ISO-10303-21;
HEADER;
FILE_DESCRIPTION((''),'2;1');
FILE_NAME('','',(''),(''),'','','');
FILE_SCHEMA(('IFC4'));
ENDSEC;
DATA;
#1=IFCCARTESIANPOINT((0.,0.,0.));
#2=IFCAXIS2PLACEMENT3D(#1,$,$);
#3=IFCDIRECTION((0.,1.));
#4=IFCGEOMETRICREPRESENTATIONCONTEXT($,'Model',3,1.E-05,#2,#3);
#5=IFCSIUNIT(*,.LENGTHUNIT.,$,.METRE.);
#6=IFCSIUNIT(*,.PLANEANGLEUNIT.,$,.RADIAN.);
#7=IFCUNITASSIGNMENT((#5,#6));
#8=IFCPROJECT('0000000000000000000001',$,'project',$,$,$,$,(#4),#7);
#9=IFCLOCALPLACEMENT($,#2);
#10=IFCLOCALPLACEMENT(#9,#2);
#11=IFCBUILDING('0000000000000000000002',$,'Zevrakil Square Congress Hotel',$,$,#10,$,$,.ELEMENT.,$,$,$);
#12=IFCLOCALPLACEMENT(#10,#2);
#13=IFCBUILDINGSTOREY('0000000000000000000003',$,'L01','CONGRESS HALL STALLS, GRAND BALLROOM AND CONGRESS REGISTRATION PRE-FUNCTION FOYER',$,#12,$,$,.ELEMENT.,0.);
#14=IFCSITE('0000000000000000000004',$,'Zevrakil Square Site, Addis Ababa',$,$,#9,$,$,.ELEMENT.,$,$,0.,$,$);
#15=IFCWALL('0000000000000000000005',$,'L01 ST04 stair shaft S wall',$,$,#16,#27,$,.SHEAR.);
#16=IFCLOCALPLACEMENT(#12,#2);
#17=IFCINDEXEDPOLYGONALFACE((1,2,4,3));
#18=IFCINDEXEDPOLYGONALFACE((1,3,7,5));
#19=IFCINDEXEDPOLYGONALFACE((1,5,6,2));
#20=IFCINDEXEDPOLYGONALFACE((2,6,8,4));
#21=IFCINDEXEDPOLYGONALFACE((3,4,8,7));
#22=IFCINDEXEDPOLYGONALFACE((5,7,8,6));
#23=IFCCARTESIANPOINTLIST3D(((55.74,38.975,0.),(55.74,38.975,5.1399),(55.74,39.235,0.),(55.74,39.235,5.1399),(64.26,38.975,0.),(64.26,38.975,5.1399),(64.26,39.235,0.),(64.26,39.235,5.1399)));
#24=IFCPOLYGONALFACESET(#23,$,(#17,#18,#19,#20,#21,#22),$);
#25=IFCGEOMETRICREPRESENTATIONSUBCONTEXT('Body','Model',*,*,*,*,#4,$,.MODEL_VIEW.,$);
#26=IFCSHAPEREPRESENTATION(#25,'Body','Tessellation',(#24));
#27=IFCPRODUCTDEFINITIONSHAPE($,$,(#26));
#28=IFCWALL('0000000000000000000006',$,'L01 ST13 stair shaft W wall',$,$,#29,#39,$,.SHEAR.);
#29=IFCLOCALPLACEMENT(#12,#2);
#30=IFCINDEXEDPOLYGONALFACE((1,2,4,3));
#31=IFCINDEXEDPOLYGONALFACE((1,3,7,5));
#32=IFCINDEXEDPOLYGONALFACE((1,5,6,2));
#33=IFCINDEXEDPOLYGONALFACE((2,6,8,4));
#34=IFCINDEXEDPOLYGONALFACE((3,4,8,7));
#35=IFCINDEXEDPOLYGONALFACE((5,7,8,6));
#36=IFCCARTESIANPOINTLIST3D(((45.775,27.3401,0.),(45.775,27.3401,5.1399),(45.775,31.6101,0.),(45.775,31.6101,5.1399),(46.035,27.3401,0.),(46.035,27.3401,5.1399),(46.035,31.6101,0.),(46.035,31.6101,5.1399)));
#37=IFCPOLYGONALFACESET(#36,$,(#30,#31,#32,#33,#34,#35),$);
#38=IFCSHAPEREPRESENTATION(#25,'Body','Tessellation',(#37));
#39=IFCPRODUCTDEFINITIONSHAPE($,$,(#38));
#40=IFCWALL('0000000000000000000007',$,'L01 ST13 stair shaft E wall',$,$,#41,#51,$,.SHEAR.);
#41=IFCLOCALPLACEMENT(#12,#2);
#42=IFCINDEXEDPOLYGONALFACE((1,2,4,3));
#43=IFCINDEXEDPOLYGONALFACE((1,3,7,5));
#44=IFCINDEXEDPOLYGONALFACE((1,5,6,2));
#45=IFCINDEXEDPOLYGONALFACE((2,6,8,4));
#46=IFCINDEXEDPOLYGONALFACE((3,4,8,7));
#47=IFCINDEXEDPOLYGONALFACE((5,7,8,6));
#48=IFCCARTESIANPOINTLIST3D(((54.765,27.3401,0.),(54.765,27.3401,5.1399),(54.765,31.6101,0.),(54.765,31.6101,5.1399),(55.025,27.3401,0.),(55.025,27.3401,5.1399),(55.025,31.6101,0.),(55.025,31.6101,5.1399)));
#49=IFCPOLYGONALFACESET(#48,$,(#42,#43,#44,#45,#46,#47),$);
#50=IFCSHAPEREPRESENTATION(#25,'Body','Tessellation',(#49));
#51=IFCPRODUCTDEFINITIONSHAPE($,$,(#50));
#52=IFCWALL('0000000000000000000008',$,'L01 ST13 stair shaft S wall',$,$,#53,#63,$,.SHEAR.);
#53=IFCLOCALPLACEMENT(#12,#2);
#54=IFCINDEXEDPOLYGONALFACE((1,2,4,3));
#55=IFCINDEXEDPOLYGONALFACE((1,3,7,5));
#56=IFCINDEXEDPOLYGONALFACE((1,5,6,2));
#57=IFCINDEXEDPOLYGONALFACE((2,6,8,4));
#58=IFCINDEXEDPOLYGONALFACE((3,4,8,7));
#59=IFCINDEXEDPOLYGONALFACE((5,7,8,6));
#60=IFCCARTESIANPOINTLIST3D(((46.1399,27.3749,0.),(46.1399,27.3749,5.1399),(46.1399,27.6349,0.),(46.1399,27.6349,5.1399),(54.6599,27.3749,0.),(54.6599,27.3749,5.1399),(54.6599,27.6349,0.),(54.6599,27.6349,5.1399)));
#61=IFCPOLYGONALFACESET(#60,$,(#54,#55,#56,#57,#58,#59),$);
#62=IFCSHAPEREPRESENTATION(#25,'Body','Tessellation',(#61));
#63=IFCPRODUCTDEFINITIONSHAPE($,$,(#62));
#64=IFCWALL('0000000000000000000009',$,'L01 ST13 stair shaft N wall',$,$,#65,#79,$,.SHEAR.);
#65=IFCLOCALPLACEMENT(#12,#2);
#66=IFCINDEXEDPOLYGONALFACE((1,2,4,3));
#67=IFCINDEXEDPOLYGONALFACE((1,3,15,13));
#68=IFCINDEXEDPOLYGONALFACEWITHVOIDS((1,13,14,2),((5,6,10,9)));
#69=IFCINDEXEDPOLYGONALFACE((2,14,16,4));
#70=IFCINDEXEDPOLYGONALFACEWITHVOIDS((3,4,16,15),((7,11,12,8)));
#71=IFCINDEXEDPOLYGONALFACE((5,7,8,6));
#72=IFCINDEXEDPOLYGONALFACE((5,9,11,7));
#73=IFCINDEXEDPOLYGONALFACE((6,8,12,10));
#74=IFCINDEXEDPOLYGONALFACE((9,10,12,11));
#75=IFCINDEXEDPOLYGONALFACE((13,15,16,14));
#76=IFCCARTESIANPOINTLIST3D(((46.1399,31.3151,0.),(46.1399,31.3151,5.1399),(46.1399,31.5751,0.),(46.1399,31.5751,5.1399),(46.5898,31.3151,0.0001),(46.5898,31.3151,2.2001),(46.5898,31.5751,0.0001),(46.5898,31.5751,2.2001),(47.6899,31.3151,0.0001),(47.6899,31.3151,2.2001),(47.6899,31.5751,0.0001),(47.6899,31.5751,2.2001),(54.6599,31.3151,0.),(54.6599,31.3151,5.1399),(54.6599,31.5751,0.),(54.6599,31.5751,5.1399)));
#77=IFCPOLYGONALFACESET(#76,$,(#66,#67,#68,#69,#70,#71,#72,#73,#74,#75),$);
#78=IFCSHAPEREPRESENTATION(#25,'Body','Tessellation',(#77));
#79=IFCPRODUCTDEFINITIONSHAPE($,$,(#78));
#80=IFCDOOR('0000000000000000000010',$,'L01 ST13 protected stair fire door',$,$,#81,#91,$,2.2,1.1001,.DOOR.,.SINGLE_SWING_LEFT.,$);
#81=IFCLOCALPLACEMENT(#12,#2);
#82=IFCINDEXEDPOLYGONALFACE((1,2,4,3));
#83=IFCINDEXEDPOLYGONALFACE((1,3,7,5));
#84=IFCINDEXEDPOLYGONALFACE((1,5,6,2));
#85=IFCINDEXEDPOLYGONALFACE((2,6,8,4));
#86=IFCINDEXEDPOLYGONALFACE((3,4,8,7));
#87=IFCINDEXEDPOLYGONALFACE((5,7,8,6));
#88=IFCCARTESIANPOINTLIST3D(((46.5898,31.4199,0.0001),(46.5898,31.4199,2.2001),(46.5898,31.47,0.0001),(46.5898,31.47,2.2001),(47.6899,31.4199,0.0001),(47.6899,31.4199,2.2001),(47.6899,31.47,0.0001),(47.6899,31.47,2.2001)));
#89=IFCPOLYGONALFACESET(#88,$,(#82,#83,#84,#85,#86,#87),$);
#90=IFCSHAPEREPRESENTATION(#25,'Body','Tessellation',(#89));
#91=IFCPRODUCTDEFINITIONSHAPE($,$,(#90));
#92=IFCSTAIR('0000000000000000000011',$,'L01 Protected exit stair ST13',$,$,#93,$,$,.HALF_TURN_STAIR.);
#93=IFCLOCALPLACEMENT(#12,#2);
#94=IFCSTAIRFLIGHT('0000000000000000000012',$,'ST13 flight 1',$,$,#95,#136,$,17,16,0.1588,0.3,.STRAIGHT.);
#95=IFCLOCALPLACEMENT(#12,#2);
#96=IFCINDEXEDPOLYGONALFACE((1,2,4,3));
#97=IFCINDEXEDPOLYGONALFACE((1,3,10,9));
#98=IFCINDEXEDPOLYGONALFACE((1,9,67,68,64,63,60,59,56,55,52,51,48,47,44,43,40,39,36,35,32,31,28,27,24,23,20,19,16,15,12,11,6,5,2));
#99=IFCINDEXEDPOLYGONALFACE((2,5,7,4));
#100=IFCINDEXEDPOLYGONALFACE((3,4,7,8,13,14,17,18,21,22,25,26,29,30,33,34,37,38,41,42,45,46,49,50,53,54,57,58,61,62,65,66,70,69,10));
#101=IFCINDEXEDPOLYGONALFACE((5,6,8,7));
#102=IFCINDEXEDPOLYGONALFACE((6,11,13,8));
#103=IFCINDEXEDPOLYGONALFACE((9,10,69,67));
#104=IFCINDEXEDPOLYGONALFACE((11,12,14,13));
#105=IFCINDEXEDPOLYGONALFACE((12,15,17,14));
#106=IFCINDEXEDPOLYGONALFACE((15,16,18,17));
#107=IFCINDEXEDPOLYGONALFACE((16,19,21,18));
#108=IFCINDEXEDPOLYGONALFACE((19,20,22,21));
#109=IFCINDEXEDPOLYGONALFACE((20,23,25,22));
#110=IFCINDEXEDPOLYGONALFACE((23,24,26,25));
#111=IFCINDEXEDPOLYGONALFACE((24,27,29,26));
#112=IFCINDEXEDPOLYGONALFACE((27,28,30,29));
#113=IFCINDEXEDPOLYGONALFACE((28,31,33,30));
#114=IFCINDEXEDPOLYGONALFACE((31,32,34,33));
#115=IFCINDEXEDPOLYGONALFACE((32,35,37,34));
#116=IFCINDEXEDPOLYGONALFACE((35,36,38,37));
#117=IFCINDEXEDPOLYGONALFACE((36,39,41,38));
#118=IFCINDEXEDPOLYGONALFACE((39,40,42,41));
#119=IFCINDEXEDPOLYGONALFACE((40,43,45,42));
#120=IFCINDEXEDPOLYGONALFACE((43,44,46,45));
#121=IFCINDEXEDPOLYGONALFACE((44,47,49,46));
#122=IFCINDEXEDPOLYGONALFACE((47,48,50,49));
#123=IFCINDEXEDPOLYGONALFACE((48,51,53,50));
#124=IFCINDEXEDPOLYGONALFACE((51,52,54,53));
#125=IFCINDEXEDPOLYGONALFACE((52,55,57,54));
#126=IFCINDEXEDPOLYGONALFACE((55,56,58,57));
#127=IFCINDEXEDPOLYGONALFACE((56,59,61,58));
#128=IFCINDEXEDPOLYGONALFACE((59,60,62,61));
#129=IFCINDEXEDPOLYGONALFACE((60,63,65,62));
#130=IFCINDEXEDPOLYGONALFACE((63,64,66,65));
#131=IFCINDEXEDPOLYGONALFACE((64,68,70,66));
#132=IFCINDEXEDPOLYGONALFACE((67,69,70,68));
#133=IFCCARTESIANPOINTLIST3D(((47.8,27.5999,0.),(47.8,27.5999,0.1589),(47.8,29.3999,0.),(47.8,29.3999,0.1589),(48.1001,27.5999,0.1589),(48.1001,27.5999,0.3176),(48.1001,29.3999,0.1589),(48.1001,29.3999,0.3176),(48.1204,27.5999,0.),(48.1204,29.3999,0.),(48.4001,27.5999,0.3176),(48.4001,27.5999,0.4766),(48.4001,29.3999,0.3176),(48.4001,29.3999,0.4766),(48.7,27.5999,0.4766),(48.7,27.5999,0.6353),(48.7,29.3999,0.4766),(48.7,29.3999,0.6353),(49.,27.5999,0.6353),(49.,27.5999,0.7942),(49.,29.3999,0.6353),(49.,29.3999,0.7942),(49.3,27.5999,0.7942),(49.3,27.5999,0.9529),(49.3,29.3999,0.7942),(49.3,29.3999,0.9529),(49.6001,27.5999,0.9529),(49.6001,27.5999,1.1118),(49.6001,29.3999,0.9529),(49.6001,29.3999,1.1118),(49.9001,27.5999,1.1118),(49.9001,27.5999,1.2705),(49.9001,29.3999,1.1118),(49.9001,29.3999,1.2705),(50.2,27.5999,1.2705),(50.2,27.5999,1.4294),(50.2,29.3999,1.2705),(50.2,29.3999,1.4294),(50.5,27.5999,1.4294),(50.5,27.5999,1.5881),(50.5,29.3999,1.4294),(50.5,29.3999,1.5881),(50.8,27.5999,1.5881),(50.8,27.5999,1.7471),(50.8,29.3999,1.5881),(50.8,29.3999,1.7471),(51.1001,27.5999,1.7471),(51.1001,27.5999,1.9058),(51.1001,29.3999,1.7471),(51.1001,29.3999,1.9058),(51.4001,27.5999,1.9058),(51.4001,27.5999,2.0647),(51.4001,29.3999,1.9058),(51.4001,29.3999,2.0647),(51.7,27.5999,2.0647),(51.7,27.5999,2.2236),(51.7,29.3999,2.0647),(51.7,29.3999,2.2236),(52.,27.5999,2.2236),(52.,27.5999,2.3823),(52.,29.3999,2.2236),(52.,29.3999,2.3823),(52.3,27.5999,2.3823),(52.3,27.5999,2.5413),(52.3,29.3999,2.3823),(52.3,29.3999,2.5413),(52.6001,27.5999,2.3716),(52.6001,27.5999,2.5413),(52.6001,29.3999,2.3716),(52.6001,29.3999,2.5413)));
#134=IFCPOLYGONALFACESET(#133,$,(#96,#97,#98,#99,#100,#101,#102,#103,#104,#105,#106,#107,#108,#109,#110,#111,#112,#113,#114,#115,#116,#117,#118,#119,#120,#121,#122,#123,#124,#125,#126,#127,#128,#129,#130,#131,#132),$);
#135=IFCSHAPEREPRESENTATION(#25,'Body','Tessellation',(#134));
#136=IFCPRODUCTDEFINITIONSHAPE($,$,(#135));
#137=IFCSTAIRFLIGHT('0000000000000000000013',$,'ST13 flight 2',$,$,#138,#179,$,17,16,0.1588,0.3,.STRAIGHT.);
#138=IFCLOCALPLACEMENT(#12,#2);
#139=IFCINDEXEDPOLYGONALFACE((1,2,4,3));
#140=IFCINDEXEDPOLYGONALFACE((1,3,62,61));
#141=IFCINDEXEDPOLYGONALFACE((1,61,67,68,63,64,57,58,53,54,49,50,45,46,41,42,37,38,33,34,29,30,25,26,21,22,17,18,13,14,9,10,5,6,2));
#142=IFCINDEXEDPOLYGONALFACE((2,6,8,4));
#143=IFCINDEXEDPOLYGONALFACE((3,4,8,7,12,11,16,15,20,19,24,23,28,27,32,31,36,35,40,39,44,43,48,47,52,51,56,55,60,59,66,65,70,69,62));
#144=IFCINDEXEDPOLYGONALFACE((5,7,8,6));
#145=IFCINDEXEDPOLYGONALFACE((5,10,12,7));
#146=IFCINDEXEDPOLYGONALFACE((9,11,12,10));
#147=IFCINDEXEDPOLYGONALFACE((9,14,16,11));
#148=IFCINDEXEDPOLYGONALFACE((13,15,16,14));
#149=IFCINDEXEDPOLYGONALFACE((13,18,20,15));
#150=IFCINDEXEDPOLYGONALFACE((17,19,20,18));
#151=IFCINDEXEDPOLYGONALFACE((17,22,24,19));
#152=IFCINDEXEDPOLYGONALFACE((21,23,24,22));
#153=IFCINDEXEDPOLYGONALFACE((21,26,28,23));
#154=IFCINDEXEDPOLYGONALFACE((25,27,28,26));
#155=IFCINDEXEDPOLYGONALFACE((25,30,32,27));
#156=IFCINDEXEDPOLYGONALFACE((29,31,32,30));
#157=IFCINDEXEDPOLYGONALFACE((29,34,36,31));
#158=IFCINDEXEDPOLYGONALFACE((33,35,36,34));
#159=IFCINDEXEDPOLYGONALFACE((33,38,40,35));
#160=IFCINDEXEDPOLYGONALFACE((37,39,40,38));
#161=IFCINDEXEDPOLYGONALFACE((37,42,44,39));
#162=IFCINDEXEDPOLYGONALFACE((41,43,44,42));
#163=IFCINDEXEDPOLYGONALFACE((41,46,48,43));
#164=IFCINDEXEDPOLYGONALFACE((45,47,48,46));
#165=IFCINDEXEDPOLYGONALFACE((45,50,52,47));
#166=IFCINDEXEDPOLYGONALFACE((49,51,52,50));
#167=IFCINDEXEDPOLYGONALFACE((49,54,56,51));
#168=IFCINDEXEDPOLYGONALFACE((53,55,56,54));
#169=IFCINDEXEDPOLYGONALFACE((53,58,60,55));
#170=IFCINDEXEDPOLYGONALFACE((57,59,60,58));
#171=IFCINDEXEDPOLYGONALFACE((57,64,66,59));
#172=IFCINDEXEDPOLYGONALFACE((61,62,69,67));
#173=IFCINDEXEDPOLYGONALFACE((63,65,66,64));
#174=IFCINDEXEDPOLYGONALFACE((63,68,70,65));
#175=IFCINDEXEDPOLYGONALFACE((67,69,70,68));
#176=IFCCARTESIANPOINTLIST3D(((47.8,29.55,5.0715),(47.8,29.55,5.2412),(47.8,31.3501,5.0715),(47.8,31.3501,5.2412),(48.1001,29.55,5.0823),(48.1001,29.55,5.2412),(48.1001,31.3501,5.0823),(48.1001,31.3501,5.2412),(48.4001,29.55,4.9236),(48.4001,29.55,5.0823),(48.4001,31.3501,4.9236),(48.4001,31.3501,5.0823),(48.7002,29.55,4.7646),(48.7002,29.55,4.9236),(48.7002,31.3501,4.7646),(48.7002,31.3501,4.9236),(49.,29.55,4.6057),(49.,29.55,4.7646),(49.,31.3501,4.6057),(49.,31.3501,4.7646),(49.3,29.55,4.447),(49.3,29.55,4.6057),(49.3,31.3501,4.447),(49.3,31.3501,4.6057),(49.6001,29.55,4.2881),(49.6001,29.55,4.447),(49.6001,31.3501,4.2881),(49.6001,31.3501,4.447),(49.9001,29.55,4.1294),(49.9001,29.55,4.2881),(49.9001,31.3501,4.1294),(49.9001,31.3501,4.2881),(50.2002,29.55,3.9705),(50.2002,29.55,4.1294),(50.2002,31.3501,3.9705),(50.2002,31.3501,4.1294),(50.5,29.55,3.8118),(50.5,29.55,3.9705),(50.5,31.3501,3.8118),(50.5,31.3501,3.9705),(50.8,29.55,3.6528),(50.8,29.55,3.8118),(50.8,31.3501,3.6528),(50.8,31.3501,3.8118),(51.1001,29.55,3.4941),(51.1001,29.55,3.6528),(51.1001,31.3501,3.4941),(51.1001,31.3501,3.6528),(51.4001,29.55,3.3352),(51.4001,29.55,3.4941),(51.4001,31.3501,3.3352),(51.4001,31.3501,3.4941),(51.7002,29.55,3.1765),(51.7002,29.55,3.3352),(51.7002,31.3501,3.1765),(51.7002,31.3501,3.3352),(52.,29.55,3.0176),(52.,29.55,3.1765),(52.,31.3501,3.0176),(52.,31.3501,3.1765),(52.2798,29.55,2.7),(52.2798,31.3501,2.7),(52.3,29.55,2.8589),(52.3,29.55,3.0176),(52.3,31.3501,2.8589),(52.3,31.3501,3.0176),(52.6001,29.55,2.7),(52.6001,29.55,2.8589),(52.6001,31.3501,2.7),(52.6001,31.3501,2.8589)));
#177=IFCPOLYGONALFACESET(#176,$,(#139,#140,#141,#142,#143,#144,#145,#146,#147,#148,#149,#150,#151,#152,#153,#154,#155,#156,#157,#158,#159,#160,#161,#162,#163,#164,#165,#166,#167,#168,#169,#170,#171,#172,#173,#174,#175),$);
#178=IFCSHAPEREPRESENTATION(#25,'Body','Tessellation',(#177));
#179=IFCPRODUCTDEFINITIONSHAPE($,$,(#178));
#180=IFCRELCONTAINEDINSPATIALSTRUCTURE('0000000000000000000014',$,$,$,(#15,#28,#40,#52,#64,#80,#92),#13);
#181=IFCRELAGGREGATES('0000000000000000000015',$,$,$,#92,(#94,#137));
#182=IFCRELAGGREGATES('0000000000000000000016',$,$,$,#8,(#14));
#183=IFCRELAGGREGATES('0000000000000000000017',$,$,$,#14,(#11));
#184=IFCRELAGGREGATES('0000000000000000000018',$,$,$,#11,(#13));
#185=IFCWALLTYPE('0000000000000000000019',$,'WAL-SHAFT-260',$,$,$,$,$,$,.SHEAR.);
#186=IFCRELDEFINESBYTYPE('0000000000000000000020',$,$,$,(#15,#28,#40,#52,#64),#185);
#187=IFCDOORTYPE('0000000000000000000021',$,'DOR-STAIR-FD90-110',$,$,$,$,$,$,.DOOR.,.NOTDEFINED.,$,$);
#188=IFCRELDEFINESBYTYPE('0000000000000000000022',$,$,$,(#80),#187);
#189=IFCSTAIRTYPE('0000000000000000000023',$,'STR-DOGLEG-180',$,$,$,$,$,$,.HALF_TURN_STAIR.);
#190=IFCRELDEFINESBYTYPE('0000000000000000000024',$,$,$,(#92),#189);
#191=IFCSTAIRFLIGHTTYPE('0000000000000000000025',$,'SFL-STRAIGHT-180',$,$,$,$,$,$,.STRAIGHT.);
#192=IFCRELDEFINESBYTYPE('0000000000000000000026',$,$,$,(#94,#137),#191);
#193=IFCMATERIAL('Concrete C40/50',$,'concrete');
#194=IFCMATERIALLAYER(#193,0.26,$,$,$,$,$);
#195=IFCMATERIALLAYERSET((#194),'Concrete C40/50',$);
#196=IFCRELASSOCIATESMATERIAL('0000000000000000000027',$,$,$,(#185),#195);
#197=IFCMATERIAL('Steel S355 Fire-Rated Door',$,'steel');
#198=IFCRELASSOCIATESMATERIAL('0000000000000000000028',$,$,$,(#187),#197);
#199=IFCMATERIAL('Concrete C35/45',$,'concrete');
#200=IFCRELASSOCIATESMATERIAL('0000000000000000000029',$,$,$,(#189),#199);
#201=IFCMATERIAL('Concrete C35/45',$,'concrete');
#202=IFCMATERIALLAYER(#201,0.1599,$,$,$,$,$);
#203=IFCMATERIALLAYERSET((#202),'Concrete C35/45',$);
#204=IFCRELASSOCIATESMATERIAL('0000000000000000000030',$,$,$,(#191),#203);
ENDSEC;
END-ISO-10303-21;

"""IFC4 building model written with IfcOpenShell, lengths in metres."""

from ifc_helpers import new_model, si_unit, direction, frame, frame_2d, origin, place, context, subcontext, project, spatial, polyline, rectangle, outline, extrude, material, layer, layer_set, type_object, element, fill, aggregate, save


model = new_model("IFC4")

# Units and contexts
model_context = context("Model", 3, precision=1e-05, world=origin(), true_north=direction((0.0, 1.0)))
body_context = subcontext(model_context, "Body", "Model", "MODEL_VIEW")
ifc_project = project(units=[si_unit("LENGTHUNIT", "METRE"), si_unit("PLANEANGLEUNIT", "RADIAN")], contexts=[model_context])

# Site, building, storey
site_placement = place(None, origin())
site = spatial("IfcSite", under=ifc_project, at=site_placement, Name="Zevrakil Square Site, Addis Ababa", CompositionType="ELEMENT", RefElevation=0.0)
building_placement = place(site_placement, origin())
building = spatial("IfcBuilding", under=site, at=building_placement, Name="Zevrakil Square Congress Hotel", CompositionType="ELEMENT")
storey_placement = place(building_placement, origin())
storey = spatial("IfcBuildingStorey", under=building, at=storey_placement, Name="L01", Description="CONGRESS HALL STALLS, GRAND BALLROOM AND CONGRESS REGISTRATION PRE-FUNCTION FOYER", CompositionType="ELEMENT", Elevation=0.0)

# Walls
ifc_material_1 = material(Name="Concrete C40/50", Category="concrete")
ifc_layer_1 = layer(ifc_material_1, 0.26)
ifc_layer_set_1 = layer_set([ifc_layer_1], Name="Concrete C40/50")
wall_type_1 = type_object("IfcWallType", Name="WAL-SHAFT-260", PredefinedType="SHEAR", material=ifc_layer_set_1)
wall_1_placement = place(storey_placement, frame((55.74, 39.105, 0.0), z_axis=(0.0, 0.0, 1.0), x_axis=(1.0, 0.0, 0.0)))
element("IfcWall", 1, at=wall_1_placement, inside=storey, type_object=wall_type_1, Name="L01 ST04 stair shaft S wall", PredefinedType="SHEAR", context=body_context, shape_type="SweptSolid", body=[
    extrude(rectangle(XDim=8.52, YDim=0.26, at=frame_2d((4.26, 0.0))), origin(), (0.0, 0.0, 1.0), 5.1399),
])
for number, where, z_axis, x_axis, name in (
    (2, (45.905, 27.3401, 0.0), (0.0, 0.0, 1.0), (0.0, 1.0, 0.0), "L01 ST13 stair shaft W wall"),
    (3, (54.895, 27.3401, 0.0), (0.0, 0.0, 1.0), (0.0, 1.0, 0.0), "L01 ST13 stair shaft E wall"),
):
    element("IfcWall", number, at=place(storey_placement, frame(where, z_axis=z_axis, x_axis=x_axis)), inside=storey, type_object=wall_type_1, Name=name, PredefinedType="SHEAR", context=body_context, shape_type="SweptSolid", body=[
        extrude(rectangle(XDim=4.27, YDim=0.26, at=frame_2d((2.135, 0.0))), origin(), (0.0, 0.0, 1.0), 5.1399),
    ])
wall_2_placement = place(storey_placement, frame((46.1399, 27.5049, 0.0), z_axis=(0.0, 0.0, 1.0), x_axis=(1.0, 0.0, 0.0)))
element("IfcWall", 4, at=wall_2_placement, inside=storey, type_object=wall_type_1, Name="L01 ST13 stair shaft S wall", PredefinedType="SHEAR", context=body_context, shape_type="SweptSolid", body=[
    extrude(rectangle(XDim=8.52, YDim=0.26, at=frame_2d((4.26, 0.0))), origin(), (0.0, 0.0, 1.0), 5.1399),
])

# Wall, opening, door
wall_3_placement = place(storey_placement, frame((46.1399, 31.4451, 0.0), z_axis=(0.0, 0.0, 1.0), x_axis=(1.0, 0.0, 0.0)))
wall_3 = element("IfcWall", 5, at=wall_3_placement, inside=storey, type_object=wall_type_1, Name="L01 ST13 stair shaft N wall", PredefinedType="SHEAR", context=body_context, shape_type="SweptSolid", body=[
    extrude(rectangle(XDim=8.52, YDim=0.26, at=frame_2d((4.26, 0.0))), origin(), (0.0, 0.0, 1.0), 5.1399),
])
opening_1_placement = place(wall_3_placement, frame((0.45, 0.0, 0.0)))
opening_1 = element("IfcOpeningElement", 6, at=opening_1_placement, cuts=wall_3, PredefinedType="OPENING", context=body_context, shape_type="SweptSolid", body=[
    extrude(rectangle(XDim=1.1001, YDim=2.2, at=frame_2d((0.55, 1.1001))), frame((0.0, 0.1401, 0.0), z_axis=(0.0, -1.0, 0.0), x_axis=(1.0, 0.0, 0.0)), (0.0, 0.0, 1.0), 0.28),
])
ifc_material_2 = material(Name="Steel S355 Fire-Rated Door", Category="steel")
door_type_1 = type_object("IfcDoorType", Name="DOR-STAIR-FD90-110", OperationType="NOTDEFINED", PredefinedType="DOOR", material=ifc_material_2)
door_1_placement = place(opening_1_placement, origin())
door_1 = element("IfcDoor", 7, at=door_1_placement, inside=storey, type_object=door_type_1, Name="L01 ST13 protected stair fire door", OperationType="SINGLE_SWING_LEFT", OverallHeight=2.2, OverallWidth=1.1001, PredefinedType="DOOR", context=body_context, shape_type="SweptSolid", body=[
    extrude(rectangle(XDim=1.1001, YDim=2.2, at=frame_2d((0.55, 1.1001))), frame((0.0, 0.0249, 0.0), z_axis=(0.0, -1.0, 0.0), x_axis=(1.0, 0.0, 0.0)), (0.0, 0.0, 1.0), 0.05),
])
fill(opening_1, door_1)

# Stair, stair flights
ifc_material_3 = material(Name="Concrete C35/45", Category="concrete")
stair_type = type_object("IfcStairType", Name="STR-DOGLEG-180", PredefinedType="HALF_TURN_STAIR", material=ifc_material_3)
stair_placement = place(storey_placement, origin())
stair = element("IfcStair", 8, at=stair_placement, inside=storey, type_object=stair_type, Name="L01 Protected exit stair ST13", PredefinedType="HALF_TURN_STAIR")
ifc_material_4 = material(Name="Concrete C35/45", Category="concrete")
ifc_layer_2 = layer(ifc_material_4, 0.1599)
ifc_layer_set_2 = layer_set([ifc_layer_2], Name="Concrete C35/45")
stair_flight_type = type_object("IfcStairFlightType", Name="SFL-STRAIGHT-180", PredefinedType="STRAIGHT", material=ifc_layer_set_2)
stair_flight_1_placement = place(storey_placement, frame((47.8, 28.5, 0.0), z_axis=(0.0, 0.0, 1.0), x_axis=(1.0, 0.0, 0.0)))
stair_flight_1 = element("IfcStairFlight", 9, at=stair_flight_1_placement, type_object=stair_flight_type, Name="ST13 flight 1", NumberOfRisers=17, NumberOfTreads=16, PredefinedType="STRAIGHT", RiserHeight=0.1588, TreadLength=0.3, context=body_context, shape_type="SweptSolid", body=[
    extrude(outline(polyline([(0.0, 0.0), (0.0, 0.1589), (0.3, 0.1589), (0.3, 0.3176), (0.6001, 0.3176), (0.6001, 0.4766), (0.8999, 0.4766), (0.8999, 0.6353), (1.2, 0.6353), (1.2, 0.7942), (1.5, 0.7942), (1.5, 0.9529), (1.8, 0.9529), (1.8, 1.1118), (2.1001, 1.1118), (2.1001, 1.2705), (2.3999, 1.2705), (2.3999, 1.4294), (2.7, 1.4294), (2.7, 1.5881), (3.0, 1.5881), (3.0, 1.7471), (3.3, 1.7471), (3.3, 1.9058), (3.6001, 1.9058), (3.6001, 2.0647), (3.8999, 2.0647), (3.8999, 2.2236), (4.2, 2.2236), (4.2, 2.3823), (4.5, 2.3823), (4.5, 2.5413), (4.8, 2.5413), (4.8, 2.7), (4.8, 2.3716), (0.3203, 0.0), (0.0, 0.0)])), frame((0.0, 0.8999, 0.0), z_axis=(0.0, -1.0, 0.0), x_axis=(1.0, 0.0, 0.0)), (0.0, 0.0, 1.0), 1.8),
])
stair_flight_2_placement = place(storey_placement, frame((52.6001, 30.45, 2.7), z_axis=(0.0, 0.0, 1.0), x_axis=(-1.0, 0.0, 0.0)))
stair_flight_2 = element("IfcStairFlight", 10, at=stair_flight_2_placement, type_object=stair_flight_type, Name="ST13 flight 2", NumberOfRisers=17, NumberOfTreads=16, PredefinedType="STRAIGHT", RiserHeight=0.1588, TreadLength=0.3, context=body_context, shape_type="SweptSolid", body=[
    extrude(outline(polyline([(0.0, 0.0), (0.0, 0.1589), (0.3, 0.1589), (0.3, 0.3176), (0.6001, 0.3176), (0.6001, 0.4766), (0.8999, 0.4766), (0.8999, 0.6353), (1.2, 0.6353), (1.2, 0.7942), (1.5, 0.7942), (1.5, 0.9529), (1.8, 0.9529), (1.8, 1.1118), (2.1001, 1.1118), (2.1001, 1.2705), (2.3999, 1.2705), (2.3999, 1.4294), (2.7, 1.4294), (2.7, 1.5881), (3.0, 1.5881), (3.0, 1.7471), (3.3, 1.7471), (3.3, 1.9058), (3.6001, 1.9058), (3.6001, 2.0647), (3.8999, 2.0647), (3.8999, 2.2236), (4.2, 2.2236), (4.2, 2.3823), (4.5, 2.3823), (4.5, 2.5413), (4.8, 2.5413), (4.8, 2.7), (4.8, 2.3716), (0.3203, 0.0), (0.0, 0.0)])), frame((0.0, 0.8999, 0.0), z_axis=(0.0, -1.0, 0.0), x_axis=(1.0, 0.0, 0.0)), (0.0, 0.0, 1.0), 1.8),
])
aggregate(stair, [stair_flight_1, stair_flight_2])

save(model, "model.ifc")
